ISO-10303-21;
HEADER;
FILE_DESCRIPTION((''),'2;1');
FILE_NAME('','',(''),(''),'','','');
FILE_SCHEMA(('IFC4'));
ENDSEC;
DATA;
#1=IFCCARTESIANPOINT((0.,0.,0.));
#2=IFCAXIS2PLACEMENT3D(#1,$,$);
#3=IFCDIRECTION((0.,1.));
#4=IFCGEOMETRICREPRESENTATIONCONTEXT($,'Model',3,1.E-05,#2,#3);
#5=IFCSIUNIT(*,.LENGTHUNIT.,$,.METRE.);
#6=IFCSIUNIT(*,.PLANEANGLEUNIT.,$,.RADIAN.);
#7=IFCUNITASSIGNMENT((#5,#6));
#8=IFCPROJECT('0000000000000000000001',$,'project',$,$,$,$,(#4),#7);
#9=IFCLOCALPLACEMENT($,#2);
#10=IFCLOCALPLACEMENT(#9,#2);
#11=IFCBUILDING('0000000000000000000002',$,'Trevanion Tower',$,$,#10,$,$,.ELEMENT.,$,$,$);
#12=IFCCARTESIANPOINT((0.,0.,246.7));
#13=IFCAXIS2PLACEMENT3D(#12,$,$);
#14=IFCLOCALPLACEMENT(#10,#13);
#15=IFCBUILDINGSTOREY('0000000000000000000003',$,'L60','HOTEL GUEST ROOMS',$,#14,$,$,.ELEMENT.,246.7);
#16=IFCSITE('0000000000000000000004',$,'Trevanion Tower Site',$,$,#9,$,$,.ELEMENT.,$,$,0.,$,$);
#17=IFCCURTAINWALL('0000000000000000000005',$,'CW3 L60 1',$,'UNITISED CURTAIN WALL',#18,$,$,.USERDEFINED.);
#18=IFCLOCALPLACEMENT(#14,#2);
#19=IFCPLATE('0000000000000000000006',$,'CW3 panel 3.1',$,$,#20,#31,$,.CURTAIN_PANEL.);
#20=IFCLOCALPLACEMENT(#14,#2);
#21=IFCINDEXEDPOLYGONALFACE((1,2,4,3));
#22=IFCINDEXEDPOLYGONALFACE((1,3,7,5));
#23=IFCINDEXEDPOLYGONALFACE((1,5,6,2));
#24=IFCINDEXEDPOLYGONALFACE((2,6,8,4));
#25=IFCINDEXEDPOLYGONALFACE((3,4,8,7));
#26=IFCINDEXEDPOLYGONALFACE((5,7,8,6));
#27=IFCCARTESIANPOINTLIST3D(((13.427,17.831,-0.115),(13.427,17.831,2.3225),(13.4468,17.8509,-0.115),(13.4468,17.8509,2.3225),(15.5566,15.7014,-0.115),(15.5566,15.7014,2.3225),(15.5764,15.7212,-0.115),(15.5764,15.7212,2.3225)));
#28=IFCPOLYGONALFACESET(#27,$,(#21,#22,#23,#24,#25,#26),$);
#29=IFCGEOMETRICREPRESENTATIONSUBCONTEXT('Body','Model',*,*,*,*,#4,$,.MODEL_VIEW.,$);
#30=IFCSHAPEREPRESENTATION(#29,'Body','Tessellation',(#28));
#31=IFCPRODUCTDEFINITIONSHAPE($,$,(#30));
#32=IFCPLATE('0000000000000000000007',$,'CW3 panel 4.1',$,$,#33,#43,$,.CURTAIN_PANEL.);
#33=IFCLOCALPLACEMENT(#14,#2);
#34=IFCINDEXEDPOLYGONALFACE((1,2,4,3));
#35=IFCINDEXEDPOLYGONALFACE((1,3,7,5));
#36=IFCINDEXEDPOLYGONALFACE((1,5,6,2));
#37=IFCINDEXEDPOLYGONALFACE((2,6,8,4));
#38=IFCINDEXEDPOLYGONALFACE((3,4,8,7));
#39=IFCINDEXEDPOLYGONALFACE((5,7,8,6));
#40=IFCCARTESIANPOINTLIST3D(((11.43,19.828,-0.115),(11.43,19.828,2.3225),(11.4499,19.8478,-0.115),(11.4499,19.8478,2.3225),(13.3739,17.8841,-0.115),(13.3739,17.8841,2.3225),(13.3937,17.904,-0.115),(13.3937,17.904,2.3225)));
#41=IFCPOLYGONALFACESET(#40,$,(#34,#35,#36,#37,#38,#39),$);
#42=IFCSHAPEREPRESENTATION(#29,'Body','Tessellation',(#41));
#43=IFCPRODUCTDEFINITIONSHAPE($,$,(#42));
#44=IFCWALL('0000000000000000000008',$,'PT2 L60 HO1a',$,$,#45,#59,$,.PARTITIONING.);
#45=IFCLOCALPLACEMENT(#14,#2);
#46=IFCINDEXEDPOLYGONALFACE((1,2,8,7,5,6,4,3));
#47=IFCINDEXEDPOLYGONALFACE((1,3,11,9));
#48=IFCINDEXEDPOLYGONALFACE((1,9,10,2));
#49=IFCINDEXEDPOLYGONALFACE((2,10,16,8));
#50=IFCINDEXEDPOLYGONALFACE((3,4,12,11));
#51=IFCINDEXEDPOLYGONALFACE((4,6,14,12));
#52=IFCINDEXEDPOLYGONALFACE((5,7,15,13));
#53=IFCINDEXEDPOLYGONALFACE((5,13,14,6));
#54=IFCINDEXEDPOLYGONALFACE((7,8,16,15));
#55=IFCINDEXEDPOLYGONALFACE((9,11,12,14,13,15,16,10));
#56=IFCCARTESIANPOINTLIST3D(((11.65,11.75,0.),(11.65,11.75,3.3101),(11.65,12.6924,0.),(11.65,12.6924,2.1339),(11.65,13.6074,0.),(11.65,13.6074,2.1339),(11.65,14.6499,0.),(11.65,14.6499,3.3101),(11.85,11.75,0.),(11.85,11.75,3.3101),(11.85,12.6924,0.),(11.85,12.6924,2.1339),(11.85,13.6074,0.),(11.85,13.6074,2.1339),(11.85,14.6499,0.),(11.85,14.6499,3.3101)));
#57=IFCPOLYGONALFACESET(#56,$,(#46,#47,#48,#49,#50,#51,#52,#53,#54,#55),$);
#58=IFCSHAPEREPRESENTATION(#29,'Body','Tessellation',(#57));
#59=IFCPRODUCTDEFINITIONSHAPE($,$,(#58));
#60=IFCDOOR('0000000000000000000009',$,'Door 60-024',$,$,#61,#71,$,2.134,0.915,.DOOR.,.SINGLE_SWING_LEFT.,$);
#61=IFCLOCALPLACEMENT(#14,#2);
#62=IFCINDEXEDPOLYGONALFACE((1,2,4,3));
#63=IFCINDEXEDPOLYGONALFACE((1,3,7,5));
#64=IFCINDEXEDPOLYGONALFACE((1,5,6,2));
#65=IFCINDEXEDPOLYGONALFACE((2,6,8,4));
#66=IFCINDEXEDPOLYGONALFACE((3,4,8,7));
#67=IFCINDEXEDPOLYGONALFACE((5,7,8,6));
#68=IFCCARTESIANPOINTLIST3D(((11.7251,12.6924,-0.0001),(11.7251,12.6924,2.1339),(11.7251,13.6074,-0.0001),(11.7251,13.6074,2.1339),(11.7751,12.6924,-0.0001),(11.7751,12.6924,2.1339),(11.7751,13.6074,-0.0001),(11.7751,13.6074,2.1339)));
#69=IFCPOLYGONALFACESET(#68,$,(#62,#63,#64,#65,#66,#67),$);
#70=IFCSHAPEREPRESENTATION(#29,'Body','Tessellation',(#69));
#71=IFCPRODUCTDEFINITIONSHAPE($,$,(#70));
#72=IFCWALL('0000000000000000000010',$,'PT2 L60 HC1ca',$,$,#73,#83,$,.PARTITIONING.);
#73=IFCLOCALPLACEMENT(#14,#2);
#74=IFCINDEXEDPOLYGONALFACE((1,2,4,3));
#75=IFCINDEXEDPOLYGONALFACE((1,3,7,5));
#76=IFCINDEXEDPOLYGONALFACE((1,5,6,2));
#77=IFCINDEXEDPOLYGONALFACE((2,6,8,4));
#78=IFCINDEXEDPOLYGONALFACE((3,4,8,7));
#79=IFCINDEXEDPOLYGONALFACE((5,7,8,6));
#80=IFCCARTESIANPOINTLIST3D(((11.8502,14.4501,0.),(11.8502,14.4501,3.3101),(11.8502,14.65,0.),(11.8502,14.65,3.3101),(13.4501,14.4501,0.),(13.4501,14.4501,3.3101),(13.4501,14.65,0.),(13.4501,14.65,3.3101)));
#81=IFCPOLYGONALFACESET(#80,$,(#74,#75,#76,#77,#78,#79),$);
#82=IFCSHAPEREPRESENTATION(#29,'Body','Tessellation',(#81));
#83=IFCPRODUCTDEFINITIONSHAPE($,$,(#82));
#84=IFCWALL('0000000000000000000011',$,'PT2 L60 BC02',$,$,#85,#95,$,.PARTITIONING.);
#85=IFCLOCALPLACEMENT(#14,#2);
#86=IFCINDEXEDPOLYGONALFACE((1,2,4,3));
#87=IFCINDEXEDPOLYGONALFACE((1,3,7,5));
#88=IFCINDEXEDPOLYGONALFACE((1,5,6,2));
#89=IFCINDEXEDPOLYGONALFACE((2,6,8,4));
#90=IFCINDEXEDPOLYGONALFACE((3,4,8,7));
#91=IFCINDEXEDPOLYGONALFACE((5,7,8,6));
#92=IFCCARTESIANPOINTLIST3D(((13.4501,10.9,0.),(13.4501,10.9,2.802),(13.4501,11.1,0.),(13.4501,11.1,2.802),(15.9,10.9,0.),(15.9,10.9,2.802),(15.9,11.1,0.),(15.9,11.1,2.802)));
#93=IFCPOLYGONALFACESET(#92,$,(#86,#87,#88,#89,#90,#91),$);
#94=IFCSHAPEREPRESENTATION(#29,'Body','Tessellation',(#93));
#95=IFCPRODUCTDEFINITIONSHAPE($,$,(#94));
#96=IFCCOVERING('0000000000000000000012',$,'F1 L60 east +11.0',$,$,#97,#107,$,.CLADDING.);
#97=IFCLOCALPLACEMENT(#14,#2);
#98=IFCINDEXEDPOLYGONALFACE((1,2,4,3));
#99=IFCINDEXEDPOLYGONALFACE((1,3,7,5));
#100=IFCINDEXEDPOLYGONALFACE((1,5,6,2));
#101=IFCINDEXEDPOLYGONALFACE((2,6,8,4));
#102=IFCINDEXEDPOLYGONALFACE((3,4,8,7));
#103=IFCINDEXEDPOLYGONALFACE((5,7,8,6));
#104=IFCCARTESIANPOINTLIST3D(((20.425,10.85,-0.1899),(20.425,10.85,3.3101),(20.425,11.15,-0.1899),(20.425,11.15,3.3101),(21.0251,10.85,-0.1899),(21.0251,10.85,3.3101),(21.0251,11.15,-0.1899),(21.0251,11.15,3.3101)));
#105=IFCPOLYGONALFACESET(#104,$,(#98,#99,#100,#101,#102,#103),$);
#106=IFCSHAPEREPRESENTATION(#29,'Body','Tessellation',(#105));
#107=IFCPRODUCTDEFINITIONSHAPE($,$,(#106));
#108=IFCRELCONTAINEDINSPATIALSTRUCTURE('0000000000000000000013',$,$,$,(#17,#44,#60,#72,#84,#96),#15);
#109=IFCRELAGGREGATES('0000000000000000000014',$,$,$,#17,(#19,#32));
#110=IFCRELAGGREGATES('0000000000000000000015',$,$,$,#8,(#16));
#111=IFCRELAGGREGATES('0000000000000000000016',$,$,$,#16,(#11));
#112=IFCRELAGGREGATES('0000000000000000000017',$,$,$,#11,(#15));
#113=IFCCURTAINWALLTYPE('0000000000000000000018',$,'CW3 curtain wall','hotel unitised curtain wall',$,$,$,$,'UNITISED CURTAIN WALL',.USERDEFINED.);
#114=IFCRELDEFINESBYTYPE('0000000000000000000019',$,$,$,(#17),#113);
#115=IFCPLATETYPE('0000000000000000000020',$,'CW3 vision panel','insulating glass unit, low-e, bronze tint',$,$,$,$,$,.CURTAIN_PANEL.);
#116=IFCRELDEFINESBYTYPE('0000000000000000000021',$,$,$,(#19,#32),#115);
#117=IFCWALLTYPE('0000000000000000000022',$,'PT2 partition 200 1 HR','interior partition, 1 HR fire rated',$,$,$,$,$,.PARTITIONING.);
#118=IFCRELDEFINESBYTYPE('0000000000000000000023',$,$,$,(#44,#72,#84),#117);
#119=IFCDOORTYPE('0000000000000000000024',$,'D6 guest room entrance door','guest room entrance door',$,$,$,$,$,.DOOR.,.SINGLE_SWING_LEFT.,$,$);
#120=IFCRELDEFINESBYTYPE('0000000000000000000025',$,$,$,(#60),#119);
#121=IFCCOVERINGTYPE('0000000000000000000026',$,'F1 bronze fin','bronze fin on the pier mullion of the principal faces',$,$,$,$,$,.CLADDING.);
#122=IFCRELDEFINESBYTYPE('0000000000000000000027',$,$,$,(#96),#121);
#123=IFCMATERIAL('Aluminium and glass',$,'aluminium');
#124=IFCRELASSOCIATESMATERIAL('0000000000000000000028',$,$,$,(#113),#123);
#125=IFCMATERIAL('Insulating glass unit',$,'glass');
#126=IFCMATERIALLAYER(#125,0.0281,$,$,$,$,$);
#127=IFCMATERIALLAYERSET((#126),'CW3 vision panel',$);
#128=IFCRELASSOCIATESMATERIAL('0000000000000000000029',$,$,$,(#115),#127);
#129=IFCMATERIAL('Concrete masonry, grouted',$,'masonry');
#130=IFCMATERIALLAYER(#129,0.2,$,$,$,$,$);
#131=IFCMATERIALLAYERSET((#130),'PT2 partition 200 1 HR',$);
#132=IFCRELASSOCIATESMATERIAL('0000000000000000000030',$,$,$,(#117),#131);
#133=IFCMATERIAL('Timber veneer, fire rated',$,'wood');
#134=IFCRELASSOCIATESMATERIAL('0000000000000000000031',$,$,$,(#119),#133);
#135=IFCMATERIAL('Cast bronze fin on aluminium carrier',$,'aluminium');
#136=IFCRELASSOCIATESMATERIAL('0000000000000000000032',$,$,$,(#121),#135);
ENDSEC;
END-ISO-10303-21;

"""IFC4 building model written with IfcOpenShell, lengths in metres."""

from ifc_helpers import new_model, si_unit, direction, frame, frame_2d, origin, origin_2d, place, context, subcontext, project, spatial, rectangle, extrude, material, layer, layer_set, type_object, element, fill, aggregate, save


model = new_model("IFC4")

# Units and contexts
model_context = context("Model", 3, precision=1e-05, world=origin(), true_north=direction((0.0, 1.0)))
body_context = subcontext(model_context, "Body", "Model", "MODEL_VIEW")
ifc_project = project(units=[si_unit("LENGTHUNIT", "METRE"), si_unit("PLANEANGLEUNIT", "RADIAN")], contexts=[model_context])

# Site, building, storey
site_placement = place(None, origin())
site = spatial("IfcSite", under=ifc_project, at=site_placement, Name="Trevanion Tower Site", CompositionType="ELEMENT", RefElevation=0.0)
building_placement = place(site_placement, origin())
building = spatial("IfcBuilding", under=site, at=building_placement, Name="Trevanion Tower", CompositionType="ELEMENT")
storey_placement = place(building_placement, frame((0.0, 0.0, 246.7)))
storey = spatial("IfcBuildingStorey", under=building, at=storey_placement, Name="L60", Description="HOTEL GUEST ROOMS", CompositionType="ELEMENT", Elevation=246.7)

# Curtain wall
ifc_material_1 = material(Name="Aluminium and glass", Category="aluminium")
curtain_wall_type = type_object("IfcCurtainWallType", Name="CW3 curtain wall", Description="hotel unitised curtain wall", ElementType="UNITISED CURTAIN WALL", PredefinedType="USERDEFINED", material=ifc_material_1)
curtain_wall_1_placement = place(storey_placement, origin())
curtain_wall_1 = element("IfcCurtainWall", 1, at=curtain_wall_1_placement, inside=storey, type_object=curtain_wall_type, Name="CW3 L60 1", ObjectType="UNITISED CURTAIN WALL", PredefinedType="USERDEFINED")

# Plates
ifc_material_2 = material(Name="Insulating glass unit", Category="glass")
ifc_layer_1 = layer(ifc_material_2, 0.0281)
ifc_layer_set_1 = layer_set([ifc_layer_1], Name="CW3 vision panel")
plate_type_1 = type_object("IfcPlateType", Name="CW3 vision panel", Description="insulating glass unit, low-e, bronze tint", PredefinedType="CURTAIN_PANEL", material=ifc_layer_set_1)
plate_1_placement = place(storey_placement, frame((14.5017, 16.7761, -0.115), z_axis=(0.0, 0.0, 1.0), x_axis=(-0.707107, 0.707107, 0.0)))
plate_1 = element("IfcPlate", 2, at=plate_1_placement, type_object=plate_type_1, Name="CW3 panel 3.1", PredefinedType="CURTAIN_PANEL", context=body_context, shape_type="SweptSolid", body=[
    extrude(rectangle(XDim=3.0117, YDim=0.0281, at=origin_2d()), origin(), (0.0, 0.0, 1.0), 2.4375),
])
plate_2_placement = place(storey_placement, frame((12.4119, 18.866, -0.115), z_axis=(0.0, 0.0, 1.0), x_axis=(-0.707107, 0.707107, 0.0)))
plate_2 = element("IfcPlate", 3, at=plate_2_placement, type_object=plate_type_1, Name="CW3 panel 4.1", PredefinedType="CURTAIN_PANEL", context=body_context, shape_type="SweptSolid", body=[
    extrude(rectangle(XDim=2.749, YDim=0.0281, at=origin_2d()), origin(), (0.0, 0.0, 1.0), 2.4375),
])
aggregate(curtain_wall_1, [plate_1, plate_2])

# Wall, opening, door
ifc_material_3 = material(Name="Concrete masonry, grouted", Category="masonry")
ifc_layer_2 = layer(ifc_material_3, 0.2)
ifc_layer_set_2 = layer_set([ifc_layer_2], Name="PT2 partition 200 1 HR")
wall_type = type_object("IfcWallType", Name="PT2 partition 200 1 HR", Description="interior partition, 1 HR fire rated", PredefinedType="PARTITIONING", material=ifc_layer_set_2)
wall_1_placement = place(storey_placement, frame((11.75, 11.75, 0.0), z_axis=(0.0, 0.0, 1.0), x_axis=(0.0, 1.0, 0.0)))
wall_1 = element("IfcWall", 4, at=wall_1_placement, inside=storey, type_object=wall_type, Name="PT2 L60 HO1a", PredefinedType="PARTITIONING", context=body_context, shape_type="SweptSolid", body=[
    extrude(rectangle(XDim=2.8999, YDim=0.2, at=frame_2d((1.45, 0.0))), origin(), (0.0, 0.0, 1.0), 3.3101),
])
opening_placement = place(wall_1_placement, frame((0.9424, 0.0, 0.0)))
opening = element("IfcOpeningElement", 5, at=opening_placement, cuts=wall_1, PredefinedType="OPENING", context=body_context, shape_type="SweptSolid", body=[
    extrude(rectangle(XDim=0.915, YDim=2.134, at=frame_2d((0.4575, 1.0669))), frame((0.0, 0.1099, 0.0), z_axis=(0.0, -1.0, 0.0), x_axis=(1.0, 0.0, 0.0)), (0.0, 0.0, 1.0), 0.22),
])
ifc_material_4 = material(Name="Timber veneer, fire rated", Category="wood")
door_type = type_object("IfcDoorType", Name="D6 guest room entrance door", Description="guest room entrance door", OperationType="SINGLE_SWING_LEFT", PredefinedType="DOOR", material=ifc_material_4)
door_placement = place(opening_placement, origin())
door = element("IfcDoor", 6, at=door_placement, inside=storey, type_object=door_type, Name="Door 60-024", OperationType="SINGLE_SWING_LEFT", OverallHeight=2.134, OverallWidth=0.915, PredefinedType="DOOR", context=body_context, shape_type="SweptSolid", body=[
    extrude(rectangle(XDim=0.915, YDim=2.134, at=frame_2d((0.4575, 1.0669))), frame((0.0, 0.0249, 0.0), z_axis=(0.0, -1.0, 0.0), x_axis=(1.0, 0.0, 0.0)), (0.0, 0.0, 1.0), 0.05),
])
fill(opening, door)

# Walls
wall_2_placement = place(storey_placement, frame((13.45, 14.55, 0.0), z_axis=(0.0, 0.0, 1.0), x_axis=(-1.0, 0.0, 0.0)))
element("IfcWall", 7, at=wall_2_placement, inside=storey, type_object=wall_type, Name="PT2 L60 HC1ca", PredefinedType="PARTITIONING", context=body_context, shape_type="SweptSolid", body=[
    extrude(rectangle(XDim=1.5999, YDim=0.2, at=frame_2d((0.7998, 0.0))), origin(), (0.0, 0.0, 1.0), 3.3101),
])
wall_3_placement = place(storey_placement, frame((13.45, 11.0, 0.0), z_axis=(0.0, 0.0, 1.0), x_axis=(1.0, 0.0, 0.0)))
element("IfcWall", 8, at=wall_3_placement, inside=storey, type_object=wall_type, Name="PT2 L60 BC02", PredefinedType="PARTITIONING", context=body_context, shape_type="SweptSolid", body=[
    extrude(rectangle(XDim=2.45, YDim=0.2, at=frame_2d((1.2251, 0.0))), origin(), (0.0, 0.0, 1.0), 2.802),
])

# Covering
ifc_material_5 = material(Name="Cast bronze fin on aluminium carrier", Category="aluminium")
covering_type = type_object("IfcCoveringType", Name="F1 bronze fin", Description="bronze fin on the pier mullion of the principal faces", PredefinedType="CLADDING", material=ifc_material_5)
covering_placement = place(storey_placement, frame((20.7251, 11.0, -0.1899), z_axis=(0.0, 0.0, 1.0), x_axis=(0.0, 1.0, 0.0)))
element("IfcCovering", 9, at=covering_placement, inside=storey, type_object=covering_type, Name="F1 L60 east +11.0", PredefinedType="CLADDING", context=body_context, shape_type="SweptSolid", body=[
    extrude(rectangle(XDim=0.3, YDim=0.6001, at=origin_2d()), origin(), (0.0, 0.0, 1.0), 3.5),
])

save(model, "model.ifc")
